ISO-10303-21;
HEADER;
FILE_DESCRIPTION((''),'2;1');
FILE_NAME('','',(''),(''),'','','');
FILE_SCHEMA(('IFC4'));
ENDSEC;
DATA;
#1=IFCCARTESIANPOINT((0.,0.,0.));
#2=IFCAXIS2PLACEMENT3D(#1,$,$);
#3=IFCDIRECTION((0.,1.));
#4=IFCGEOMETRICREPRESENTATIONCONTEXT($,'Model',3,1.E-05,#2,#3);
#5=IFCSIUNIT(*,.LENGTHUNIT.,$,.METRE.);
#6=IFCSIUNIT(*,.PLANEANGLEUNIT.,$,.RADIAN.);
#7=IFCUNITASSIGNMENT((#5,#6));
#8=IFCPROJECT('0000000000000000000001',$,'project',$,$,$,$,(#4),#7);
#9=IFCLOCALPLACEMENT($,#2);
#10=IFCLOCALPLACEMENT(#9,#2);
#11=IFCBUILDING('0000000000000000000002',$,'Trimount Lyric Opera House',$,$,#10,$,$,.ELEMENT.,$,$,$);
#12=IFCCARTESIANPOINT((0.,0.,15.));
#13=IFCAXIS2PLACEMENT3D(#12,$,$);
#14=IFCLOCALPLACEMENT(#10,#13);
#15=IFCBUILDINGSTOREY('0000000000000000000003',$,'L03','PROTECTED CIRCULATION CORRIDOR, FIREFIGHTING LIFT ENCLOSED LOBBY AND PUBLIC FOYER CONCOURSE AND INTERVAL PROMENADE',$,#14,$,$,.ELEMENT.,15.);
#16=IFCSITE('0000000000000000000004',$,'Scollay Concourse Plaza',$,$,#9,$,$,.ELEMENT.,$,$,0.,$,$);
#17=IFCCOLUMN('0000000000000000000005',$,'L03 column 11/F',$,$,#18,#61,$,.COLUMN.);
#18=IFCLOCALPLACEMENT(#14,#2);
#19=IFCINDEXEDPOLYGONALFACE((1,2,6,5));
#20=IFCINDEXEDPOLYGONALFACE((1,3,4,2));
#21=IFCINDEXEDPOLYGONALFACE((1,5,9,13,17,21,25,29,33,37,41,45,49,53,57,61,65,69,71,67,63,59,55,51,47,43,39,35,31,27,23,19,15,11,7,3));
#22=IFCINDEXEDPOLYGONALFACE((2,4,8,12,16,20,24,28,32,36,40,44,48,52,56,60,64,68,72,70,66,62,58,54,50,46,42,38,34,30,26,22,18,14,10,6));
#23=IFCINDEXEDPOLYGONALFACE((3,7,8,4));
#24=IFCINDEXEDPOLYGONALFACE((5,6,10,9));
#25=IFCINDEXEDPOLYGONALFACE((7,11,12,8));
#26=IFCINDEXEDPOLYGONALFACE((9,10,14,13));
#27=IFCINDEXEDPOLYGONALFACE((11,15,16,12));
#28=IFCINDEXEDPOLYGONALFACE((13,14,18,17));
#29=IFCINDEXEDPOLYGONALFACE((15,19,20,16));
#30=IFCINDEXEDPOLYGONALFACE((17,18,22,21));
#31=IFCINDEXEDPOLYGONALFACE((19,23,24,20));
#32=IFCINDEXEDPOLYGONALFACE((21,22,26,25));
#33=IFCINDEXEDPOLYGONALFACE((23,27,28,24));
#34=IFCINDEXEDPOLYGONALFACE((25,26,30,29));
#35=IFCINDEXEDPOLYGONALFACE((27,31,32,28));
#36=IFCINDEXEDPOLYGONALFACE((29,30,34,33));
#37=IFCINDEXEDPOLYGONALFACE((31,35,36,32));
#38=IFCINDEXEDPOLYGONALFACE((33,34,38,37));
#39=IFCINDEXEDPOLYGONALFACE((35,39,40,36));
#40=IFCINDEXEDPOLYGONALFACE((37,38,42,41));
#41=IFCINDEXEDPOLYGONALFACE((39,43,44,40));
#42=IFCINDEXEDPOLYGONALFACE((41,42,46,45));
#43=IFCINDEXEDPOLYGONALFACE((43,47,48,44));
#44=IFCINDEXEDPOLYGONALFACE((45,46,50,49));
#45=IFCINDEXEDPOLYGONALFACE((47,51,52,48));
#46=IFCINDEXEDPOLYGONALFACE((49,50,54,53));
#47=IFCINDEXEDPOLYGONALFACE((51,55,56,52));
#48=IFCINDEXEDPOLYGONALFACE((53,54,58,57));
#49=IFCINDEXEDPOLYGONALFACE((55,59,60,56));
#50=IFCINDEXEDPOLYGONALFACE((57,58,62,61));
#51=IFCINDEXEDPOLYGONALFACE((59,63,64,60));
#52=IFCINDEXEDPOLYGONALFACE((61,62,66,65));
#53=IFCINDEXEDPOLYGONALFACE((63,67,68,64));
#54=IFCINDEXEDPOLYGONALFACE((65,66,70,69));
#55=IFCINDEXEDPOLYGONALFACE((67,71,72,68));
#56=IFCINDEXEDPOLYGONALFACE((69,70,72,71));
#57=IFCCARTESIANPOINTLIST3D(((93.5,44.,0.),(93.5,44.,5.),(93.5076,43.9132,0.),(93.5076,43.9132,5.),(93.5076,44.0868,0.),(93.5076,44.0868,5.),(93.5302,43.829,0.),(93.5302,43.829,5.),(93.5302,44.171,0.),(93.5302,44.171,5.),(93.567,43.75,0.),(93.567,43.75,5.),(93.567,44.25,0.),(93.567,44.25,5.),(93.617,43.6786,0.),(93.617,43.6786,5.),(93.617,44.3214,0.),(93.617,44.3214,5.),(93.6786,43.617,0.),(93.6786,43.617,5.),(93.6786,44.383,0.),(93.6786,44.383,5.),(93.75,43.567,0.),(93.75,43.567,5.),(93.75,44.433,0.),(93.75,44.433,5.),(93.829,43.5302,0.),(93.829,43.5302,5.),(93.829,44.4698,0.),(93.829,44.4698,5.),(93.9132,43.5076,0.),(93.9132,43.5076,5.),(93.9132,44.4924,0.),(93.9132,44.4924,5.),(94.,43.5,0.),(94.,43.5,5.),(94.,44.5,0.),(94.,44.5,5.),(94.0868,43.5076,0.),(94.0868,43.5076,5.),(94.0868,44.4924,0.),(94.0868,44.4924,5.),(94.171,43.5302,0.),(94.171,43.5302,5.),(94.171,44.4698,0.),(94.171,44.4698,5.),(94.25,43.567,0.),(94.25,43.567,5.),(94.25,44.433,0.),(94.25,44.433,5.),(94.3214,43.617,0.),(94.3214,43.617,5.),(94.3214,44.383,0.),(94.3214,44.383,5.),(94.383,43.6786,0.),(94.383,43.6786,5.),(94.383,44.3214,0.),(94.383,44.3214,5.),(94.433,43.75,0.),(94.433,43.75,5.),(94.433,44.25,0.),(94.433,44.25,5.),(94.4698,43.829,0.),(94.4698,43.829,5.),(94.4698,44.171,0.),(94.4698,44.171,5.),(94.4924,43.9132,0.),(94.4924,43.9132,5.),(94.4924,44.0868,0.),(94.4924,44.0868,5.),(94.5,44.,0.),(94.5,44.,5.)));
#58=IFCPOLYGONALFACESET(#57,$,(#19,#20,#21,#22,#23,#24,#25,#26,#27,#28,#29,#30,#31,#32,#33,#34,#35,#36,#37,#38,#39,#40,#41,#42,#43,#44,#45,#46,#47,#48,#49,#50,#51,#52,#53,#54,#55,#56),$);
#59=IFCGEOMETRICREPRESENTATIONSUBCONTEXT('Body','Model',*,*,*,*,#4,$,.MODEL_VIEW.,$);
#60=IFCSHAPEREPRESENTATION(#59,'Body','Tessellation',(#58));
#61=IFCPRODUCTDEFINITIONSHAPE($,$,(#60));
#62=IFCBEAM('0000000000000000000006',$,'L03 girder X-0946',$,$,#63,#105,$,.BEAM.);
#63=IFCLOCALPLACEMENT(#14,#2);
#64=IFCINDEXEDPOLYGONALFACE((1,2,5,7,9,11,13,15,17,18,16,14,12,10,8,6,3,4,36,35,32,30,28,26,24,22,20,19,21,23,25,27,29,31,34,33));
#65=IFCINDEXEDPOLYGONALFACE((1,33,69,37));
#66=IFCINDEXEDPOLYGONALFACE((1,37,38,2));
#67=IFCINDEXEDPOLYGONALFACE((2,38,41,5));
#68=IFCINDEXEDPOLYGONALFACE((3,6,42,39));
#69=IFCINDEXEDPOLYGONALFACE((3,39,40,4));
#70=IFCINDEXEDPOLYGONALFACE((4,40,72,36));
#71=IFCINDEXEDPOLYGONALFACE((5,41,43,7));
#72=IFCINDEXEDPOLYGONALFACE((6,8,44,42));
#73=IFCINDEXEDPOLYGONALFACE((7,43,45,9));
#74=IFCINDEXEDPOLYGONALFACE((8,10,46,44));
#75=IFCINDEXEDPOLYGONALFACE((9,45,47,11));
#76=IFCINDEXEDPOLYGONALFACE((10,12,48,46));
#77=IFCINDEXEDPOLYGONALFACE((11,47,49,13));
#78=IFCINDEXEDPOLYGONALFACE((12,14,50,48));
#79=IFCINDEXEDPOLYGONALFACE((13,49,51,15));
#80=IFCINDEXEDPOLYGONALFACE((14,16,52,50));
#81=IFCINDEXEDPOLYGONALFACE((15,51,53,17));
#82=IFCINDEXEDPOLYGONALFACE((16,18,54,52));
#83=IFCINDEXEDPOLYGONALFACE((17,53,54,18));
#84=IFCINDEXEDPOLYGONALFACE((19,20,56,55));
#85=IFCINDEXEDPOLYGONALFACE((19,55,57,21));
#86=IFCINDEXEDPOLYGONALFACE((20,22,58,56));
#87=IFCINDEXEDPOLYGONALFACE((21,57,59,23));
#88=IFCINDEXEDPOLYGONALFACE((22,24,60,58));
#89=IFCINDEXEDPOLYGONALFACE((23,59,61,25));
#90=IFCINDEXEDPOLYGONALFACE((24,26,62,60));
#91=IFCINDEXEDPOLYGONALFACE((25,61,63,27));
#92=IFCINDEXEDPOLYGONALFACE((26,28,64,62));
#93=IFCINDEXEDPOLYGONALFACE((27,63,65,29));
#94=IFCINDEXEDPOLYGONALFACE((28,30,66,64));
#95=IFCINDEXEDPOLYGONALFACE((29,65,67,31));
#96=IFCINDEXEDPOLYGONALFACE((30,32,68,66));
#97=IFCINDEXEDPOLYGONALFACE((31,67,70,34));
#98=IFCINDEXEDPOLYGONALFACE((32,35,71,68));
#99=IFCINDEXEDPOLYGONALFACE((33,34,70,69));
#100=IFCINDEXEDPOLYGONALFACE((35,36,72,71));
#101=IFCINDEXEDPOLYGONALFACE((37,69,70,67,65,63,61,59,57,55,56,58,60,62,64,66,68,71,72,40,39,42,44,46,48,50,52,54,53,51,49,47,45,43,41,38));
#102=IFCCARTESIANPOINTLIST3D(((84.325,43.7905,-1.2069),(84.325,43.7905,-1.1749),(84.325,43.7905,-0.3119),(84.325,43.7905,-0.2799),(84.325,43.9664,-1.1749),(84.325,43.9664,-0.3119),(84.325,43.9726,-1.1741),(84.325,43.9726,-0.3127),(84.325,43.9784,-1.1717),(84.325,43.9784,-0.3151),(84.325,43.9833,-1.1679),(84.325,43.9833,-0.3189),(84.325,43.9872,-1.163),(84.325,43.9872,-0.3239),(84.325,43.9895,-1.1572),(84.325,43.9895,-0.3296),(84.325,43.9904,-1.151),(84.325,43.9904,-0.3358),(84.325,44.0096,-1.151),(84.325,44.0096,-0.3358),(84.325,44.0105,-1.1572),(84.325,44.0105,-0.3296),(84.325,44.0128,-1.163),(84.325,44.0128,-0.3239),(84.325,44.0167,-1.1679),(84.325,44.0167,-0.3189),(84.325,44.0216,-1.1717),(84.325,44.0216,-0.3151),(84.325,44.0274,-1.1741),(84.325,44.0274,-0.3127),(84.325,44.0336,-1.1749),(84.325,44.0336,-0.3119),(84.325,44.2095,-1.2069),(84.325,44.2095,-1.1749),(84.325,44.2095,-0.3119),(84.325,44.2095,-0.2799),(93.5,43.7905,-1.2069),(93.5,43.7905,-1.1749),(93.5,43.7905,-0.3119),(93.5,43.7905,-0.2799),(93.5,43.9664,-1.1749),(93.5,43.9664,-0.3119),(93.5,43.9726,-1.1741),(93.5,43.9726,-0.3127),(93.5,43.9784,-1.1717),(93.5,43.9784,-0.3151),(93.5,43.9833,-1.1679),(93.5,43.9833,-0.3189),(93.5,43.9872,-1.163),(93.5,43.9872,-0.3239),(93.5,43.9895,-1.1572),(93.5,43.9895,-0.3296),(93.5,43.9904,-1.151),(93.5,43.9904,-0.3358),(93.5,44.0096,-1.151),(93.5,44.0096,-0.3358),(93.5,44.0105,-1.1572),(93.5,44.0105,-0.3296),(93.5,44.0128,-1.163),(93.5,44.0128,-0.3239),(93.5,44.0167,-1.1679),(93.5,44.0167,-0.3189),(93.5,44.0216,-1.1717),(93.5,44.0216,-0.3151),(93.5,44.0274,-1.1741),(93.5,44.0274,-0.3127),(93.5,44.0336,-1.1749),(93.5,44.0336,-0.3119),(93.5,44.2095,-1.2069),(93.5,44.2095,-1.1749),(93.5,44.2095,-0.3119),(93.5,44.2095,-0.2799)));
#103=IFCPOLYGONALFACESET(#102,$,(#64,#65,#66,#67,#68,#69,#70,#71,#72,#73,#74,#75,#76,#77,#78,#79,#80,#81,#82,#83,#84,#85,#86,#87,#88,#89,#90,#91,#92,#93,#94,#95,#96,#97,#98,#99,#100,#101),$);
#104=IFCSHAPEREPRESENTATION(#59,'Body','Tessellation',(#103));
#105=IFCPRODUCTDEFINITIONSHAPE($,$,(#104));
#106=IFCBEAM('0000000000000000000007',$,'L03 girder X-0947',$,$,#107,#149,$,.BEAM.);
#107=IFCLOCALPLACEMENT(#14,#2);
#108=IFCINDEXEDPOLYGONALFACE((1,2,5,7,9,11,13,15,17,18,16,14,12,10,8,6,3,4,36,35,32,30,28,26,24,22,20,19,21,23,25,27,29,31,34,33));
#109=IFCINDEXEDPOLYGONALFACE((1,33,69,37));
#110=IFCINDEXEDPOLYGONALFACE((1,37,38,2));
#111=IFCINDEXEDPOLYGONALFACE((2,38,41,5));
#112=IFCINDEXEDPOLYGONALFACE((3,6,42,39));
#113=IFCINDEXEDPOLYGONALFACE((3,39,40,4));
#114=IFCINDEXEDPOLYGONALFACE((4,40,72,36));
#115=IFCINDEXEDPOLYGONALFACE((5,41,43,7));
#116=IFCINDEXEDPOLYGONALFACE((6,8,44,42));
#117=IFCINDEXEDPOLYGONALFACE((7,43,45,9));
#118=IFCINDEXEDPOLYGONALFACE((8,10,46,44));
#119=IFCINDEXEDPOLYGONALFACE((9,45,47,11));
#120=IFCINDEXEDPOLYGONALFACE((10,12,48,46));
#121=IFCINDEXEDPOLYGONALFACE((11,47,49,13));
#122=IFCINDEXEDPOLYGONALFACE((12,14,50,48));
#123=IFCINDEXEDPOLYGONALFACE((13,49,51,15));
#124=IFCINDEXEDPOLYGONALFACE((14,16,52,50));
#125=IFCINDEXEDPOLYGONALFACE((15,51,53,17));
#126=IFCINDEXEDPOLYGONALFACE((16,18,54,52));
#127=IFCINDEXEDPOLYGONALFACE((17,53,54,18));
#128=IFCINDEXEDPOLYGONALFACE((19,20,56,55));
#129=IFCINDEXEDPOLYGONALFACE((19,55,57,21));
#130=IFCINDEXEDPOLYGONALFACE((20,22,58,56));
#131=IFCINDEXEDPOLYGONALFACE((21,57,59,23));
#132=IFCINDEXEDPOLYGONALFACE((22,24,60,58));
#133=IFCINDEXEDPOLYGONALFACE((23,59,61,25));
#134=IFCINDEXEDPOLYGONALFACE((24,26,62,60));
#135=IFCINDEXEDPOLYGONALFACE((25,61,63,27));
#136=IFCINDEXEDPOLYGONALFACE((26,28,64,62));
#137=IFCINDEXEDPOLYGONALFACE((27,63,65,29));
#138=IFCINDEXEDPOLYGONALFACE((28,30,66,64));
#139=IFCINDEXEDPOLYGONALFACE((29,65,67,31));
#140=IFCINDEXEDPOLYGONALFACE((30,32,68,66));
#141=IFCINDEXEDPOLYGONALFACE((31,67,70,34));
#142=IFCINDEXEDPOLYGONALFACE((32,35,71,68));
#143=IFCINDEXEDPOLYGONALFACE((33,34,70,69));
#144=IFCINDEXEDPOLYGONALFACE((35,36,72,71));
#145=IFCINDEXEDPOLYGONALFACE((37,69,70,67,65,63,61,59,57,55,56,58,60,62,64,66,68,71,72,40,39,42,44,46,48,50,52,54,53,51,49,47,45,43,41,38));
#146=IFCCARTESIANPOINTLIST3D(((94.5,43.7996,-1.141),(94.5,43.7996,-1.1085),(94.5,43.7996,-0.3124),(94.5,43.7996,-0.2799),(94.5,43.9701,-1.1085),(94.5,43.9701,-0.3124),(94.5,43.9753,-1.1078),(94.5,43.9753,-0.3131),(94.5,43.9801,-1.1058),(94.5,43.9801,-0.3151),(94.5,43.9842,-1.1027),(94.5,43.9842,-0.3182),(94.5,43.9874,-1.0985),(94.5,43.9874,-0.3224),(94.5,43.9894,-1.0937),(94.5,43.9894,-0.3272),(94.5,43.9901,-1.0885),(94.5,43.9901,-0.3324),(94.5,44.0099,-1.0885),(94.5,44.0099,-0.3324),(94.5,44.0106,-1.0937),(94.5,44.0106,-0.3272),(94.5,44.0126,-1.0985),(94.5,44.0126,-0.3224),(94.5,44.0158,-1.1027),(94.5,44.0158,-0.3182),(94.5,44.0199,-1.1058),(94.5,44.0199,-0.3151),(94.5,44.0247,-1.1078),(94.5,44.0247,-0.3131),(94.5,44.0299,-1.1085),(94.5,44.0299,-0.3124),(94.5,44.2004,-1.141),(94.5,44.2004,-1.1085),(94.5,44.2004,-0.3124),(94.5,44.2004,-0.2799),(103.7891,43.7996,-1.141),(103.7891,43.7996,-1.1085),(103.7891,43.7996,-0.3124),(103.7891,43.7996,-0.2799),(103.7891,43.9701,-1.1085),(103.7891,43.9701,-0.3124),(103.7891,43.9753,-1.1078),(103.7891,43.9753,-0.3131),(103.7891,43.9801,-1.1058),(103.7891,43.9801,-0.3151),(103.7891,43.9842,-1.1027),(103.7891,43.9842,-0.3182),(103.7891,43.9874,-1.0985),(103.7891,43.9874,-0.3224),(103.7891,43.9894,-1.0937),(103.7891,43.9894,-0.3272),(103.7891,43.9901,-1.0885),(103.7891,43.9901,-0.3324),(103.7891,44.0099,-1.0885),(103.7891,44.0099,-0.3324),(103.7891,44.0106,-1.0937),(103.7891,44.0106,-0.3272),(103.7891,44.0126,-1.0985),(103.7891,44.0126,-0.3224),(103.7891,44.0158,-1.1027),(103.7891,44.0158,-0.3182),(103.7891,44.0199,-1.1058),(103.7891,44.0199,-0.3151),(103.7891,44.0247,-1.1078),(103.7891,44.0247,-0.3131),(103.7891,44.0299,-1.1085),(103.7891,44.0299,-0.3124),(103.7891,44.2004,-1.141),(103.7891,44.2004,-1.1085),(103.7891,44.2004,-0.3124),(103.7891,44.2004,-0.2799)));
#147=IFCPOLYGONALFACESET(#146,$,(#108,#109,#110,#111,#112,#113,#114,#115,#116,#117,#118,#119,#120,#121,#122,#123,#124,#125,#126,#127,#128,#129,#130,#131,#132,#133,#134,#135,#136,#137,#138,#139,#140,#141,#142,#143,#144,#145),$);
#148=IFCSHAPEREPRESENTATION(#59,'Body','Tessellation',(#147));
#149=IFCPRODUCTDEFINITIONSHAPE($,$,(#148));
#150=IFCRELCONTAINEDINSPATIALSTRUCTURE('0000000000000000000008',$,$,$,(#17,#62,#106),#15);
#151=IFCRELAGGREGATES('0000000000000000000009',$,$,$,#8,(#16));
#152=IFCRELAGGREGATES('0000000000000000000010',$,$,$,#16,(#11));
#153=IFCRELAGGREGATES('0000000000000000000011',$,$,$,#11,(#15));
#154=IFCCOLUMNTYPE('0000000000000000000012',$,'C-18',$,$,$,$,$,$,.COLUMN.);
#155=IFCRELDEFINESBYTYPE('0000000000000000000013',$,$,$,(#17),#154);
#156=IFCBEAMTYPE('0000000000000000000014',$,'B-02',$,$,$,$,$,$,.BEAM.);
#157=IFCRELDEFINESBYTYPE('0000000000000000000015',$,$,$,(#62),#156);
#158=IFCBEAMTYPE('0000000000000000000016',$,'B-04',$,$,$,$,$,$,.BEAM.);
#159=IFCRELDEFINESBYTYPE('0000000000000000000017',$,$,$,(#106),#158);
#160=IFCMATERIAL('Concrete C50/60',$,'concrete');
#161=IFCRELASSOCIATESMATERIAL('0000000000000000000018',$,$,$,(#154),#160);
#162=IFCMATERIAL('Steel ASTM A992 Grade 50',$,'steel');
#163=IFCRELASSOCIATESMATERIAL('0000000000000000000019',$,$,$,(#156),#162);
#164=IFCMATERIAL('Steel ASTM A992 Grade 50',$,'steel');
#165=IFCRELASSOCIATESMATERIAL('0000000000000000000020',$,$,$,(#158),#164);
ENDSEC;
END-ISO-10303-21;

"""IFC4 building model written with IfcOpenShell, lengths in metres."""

from ifc_helpers import new_model, si_unit, direction, frame, origin, origin_2d, place, context, subcontext, project, spatial, circle, i_section, extrude, material, material_profile, profile_set, type_object, element, save


model = new_model("IFC4")

# Units and contexts
model_context = context("Model", 3, precision=1e-05, world=origin(), true_north=direction((0.0, 1.0)))
body_context = subcontext(model_context, "Body", "Model", "MODEL_VIEW")
ifc_project = project(units=[si_unit("LENGTHUNIT", "METRE"), si_unit("PLANEANGLEUNIT", "RADIAN")], contexts=[model_context])

# Site, building, storey
site_placement = place(None, origin())
site = spatial("IfcSite", under=ifc_project, at=site_placement, Name="Scollay Concourse Plaza", CompositionType="ELEMENT", RefElevation=0.0)
building_placement = place(site_placement, origin())
building = spatial("IfcBuilding", under=site, at=building_placement, Name="Trimount Lyric Opera House", CompositionType="ELEMENT")
storey_placement = place(building_placement, frame((0.0, 0.0, 15.0)))
storey = spatial("IfcBuildingStorey", under=building, at=storey_placement, Name="L03", Description="PROTECTED CIRCULATION CORRIDOR, FIREFIGHTING LIFT ENCLOSED LOBBY AND PUBLIC FOYER CONCOURSE AND INTERVAL PROMENADE", CompositionType="ELEMENT", Elevation=15.0)

# Column
ifc_material_1 = material(Name="Concrete C50/60", Category="concrete")
ifc_material_profile_1 = material_profile(ifc_material_1, circle(Radius=0.5, at=origin_2d()), Name="RC-D1000")
ifc_profile_set_1 = profile_set([ifc_material_profile_1], Name="Concrete C50/60")
column_type = type_object("IfcColumnType", Name="C-18", PredefinedType="COLUMN", material=ifc_profile_set_1)
column_placement = place(storey_placement, frame((94.0, 44.0, 0.0), z_axis=(0.0, 0.0, 1.0), x_axis=(1.0, 0.0, 0.0)))
element("IfcColumn", 1, at=column_placement, inside=storey, type_object=column_type, Name="L03 column 11/F", PredefinedType="COLUMN", context=body_context, shape_type="SweptSolid", body=[
    extrude(circle(Radius=0.5, at=origin_2d()), origin(), (0.0, 0.0, 1.0), 5.0),
])

# Beams
ifc_material_2 = material(Name="Steel ASTM A992 Grade 50", Category="steel")
ifc_material_profile_2 = material_profile(ifc_material_2, i_section(OverallWidth=0.4189, OverallDepth=0.927, WebThickness=0.0193, FlangeThickness=0.032, FilletRadius=0.0239, at=origin_2d()), Name="W36X231")
ifc_profile_set_2 = profile_set([ifc_material_profile_2], Name="Steel ASTM A992 Grade 50")
beam_type_1 = type_object("IfcBeamType", Name="B-02", PredefinedType="BEAM", material=ifc_profile_set_2)
beam_1_placement = place(storey_placement, frame((84.325, 44.0, -0.7434), z_axis=(1.0, 0.0, 0.0), x_axis=(0.0, 1.0, 0.0)))
element("IfcBeam", 2, at=beam_1_placement, inside=storey, type_object=beam_type_1, Name="L03 girder X-0946", PredefinedType="BEAM", context=body_context, shape_type="SweptSolid", body=[
    extrude(i_section(OverallWidth=0.4189, OverallDepth=0.927, WebThickness=0.0193, FlangeThickness=0.032, FilletRadius=0.0239, at=origin_2d()), origin(), (0.0, 0.0, 1.0), 9.175),
])
ifc_material_3 = material(Name="Steel ASTM A992 Grade 50", Category="steel")
ifc_material_profile_3 = material_profile(ifc_material_3, i_section(OverallWidth=0.4009, OverallDepth=0.8611, WebThickness=0.0198, FlangeThickness=0.0325, FilletRadius=0.02, at=origin_2d()), Name="W33X221")
ifc_profile_set_3 = profile_set([ifc_material_profile_3], Name="Steel ASTM A992 Grade 50")
beam_type_2 = type_object("IfcBeamType", Name="B-04", PredefinedType="BEAM", material=ifc_profile_set_3)
beam_2_placement = place(storey_placement, frame((94.5, 44.0, -0.7104), z_axis=(1.0, 0.0, 0.0), x_axis=(0.0, 1.0, 0.0)))
element("IfcBeam", 3, at=beam_2_placement, inside=storey, type_object=beam_type_2, Name="L03 girder X-0947", PredefinedType="BEAM", context=body_context, shape_type="SweptSolid", body=[
    extrude(i_section(OverallWidth=0.4009, OverallDepth=0.8611, WebThickness=0.0198, FlangeThickness=0.0325, FilletRadius=0.02, at=origin_2d()), origin(), (0.0, 0.0, 1.0), 9.2891),
])

save(model, "model.ifc")
